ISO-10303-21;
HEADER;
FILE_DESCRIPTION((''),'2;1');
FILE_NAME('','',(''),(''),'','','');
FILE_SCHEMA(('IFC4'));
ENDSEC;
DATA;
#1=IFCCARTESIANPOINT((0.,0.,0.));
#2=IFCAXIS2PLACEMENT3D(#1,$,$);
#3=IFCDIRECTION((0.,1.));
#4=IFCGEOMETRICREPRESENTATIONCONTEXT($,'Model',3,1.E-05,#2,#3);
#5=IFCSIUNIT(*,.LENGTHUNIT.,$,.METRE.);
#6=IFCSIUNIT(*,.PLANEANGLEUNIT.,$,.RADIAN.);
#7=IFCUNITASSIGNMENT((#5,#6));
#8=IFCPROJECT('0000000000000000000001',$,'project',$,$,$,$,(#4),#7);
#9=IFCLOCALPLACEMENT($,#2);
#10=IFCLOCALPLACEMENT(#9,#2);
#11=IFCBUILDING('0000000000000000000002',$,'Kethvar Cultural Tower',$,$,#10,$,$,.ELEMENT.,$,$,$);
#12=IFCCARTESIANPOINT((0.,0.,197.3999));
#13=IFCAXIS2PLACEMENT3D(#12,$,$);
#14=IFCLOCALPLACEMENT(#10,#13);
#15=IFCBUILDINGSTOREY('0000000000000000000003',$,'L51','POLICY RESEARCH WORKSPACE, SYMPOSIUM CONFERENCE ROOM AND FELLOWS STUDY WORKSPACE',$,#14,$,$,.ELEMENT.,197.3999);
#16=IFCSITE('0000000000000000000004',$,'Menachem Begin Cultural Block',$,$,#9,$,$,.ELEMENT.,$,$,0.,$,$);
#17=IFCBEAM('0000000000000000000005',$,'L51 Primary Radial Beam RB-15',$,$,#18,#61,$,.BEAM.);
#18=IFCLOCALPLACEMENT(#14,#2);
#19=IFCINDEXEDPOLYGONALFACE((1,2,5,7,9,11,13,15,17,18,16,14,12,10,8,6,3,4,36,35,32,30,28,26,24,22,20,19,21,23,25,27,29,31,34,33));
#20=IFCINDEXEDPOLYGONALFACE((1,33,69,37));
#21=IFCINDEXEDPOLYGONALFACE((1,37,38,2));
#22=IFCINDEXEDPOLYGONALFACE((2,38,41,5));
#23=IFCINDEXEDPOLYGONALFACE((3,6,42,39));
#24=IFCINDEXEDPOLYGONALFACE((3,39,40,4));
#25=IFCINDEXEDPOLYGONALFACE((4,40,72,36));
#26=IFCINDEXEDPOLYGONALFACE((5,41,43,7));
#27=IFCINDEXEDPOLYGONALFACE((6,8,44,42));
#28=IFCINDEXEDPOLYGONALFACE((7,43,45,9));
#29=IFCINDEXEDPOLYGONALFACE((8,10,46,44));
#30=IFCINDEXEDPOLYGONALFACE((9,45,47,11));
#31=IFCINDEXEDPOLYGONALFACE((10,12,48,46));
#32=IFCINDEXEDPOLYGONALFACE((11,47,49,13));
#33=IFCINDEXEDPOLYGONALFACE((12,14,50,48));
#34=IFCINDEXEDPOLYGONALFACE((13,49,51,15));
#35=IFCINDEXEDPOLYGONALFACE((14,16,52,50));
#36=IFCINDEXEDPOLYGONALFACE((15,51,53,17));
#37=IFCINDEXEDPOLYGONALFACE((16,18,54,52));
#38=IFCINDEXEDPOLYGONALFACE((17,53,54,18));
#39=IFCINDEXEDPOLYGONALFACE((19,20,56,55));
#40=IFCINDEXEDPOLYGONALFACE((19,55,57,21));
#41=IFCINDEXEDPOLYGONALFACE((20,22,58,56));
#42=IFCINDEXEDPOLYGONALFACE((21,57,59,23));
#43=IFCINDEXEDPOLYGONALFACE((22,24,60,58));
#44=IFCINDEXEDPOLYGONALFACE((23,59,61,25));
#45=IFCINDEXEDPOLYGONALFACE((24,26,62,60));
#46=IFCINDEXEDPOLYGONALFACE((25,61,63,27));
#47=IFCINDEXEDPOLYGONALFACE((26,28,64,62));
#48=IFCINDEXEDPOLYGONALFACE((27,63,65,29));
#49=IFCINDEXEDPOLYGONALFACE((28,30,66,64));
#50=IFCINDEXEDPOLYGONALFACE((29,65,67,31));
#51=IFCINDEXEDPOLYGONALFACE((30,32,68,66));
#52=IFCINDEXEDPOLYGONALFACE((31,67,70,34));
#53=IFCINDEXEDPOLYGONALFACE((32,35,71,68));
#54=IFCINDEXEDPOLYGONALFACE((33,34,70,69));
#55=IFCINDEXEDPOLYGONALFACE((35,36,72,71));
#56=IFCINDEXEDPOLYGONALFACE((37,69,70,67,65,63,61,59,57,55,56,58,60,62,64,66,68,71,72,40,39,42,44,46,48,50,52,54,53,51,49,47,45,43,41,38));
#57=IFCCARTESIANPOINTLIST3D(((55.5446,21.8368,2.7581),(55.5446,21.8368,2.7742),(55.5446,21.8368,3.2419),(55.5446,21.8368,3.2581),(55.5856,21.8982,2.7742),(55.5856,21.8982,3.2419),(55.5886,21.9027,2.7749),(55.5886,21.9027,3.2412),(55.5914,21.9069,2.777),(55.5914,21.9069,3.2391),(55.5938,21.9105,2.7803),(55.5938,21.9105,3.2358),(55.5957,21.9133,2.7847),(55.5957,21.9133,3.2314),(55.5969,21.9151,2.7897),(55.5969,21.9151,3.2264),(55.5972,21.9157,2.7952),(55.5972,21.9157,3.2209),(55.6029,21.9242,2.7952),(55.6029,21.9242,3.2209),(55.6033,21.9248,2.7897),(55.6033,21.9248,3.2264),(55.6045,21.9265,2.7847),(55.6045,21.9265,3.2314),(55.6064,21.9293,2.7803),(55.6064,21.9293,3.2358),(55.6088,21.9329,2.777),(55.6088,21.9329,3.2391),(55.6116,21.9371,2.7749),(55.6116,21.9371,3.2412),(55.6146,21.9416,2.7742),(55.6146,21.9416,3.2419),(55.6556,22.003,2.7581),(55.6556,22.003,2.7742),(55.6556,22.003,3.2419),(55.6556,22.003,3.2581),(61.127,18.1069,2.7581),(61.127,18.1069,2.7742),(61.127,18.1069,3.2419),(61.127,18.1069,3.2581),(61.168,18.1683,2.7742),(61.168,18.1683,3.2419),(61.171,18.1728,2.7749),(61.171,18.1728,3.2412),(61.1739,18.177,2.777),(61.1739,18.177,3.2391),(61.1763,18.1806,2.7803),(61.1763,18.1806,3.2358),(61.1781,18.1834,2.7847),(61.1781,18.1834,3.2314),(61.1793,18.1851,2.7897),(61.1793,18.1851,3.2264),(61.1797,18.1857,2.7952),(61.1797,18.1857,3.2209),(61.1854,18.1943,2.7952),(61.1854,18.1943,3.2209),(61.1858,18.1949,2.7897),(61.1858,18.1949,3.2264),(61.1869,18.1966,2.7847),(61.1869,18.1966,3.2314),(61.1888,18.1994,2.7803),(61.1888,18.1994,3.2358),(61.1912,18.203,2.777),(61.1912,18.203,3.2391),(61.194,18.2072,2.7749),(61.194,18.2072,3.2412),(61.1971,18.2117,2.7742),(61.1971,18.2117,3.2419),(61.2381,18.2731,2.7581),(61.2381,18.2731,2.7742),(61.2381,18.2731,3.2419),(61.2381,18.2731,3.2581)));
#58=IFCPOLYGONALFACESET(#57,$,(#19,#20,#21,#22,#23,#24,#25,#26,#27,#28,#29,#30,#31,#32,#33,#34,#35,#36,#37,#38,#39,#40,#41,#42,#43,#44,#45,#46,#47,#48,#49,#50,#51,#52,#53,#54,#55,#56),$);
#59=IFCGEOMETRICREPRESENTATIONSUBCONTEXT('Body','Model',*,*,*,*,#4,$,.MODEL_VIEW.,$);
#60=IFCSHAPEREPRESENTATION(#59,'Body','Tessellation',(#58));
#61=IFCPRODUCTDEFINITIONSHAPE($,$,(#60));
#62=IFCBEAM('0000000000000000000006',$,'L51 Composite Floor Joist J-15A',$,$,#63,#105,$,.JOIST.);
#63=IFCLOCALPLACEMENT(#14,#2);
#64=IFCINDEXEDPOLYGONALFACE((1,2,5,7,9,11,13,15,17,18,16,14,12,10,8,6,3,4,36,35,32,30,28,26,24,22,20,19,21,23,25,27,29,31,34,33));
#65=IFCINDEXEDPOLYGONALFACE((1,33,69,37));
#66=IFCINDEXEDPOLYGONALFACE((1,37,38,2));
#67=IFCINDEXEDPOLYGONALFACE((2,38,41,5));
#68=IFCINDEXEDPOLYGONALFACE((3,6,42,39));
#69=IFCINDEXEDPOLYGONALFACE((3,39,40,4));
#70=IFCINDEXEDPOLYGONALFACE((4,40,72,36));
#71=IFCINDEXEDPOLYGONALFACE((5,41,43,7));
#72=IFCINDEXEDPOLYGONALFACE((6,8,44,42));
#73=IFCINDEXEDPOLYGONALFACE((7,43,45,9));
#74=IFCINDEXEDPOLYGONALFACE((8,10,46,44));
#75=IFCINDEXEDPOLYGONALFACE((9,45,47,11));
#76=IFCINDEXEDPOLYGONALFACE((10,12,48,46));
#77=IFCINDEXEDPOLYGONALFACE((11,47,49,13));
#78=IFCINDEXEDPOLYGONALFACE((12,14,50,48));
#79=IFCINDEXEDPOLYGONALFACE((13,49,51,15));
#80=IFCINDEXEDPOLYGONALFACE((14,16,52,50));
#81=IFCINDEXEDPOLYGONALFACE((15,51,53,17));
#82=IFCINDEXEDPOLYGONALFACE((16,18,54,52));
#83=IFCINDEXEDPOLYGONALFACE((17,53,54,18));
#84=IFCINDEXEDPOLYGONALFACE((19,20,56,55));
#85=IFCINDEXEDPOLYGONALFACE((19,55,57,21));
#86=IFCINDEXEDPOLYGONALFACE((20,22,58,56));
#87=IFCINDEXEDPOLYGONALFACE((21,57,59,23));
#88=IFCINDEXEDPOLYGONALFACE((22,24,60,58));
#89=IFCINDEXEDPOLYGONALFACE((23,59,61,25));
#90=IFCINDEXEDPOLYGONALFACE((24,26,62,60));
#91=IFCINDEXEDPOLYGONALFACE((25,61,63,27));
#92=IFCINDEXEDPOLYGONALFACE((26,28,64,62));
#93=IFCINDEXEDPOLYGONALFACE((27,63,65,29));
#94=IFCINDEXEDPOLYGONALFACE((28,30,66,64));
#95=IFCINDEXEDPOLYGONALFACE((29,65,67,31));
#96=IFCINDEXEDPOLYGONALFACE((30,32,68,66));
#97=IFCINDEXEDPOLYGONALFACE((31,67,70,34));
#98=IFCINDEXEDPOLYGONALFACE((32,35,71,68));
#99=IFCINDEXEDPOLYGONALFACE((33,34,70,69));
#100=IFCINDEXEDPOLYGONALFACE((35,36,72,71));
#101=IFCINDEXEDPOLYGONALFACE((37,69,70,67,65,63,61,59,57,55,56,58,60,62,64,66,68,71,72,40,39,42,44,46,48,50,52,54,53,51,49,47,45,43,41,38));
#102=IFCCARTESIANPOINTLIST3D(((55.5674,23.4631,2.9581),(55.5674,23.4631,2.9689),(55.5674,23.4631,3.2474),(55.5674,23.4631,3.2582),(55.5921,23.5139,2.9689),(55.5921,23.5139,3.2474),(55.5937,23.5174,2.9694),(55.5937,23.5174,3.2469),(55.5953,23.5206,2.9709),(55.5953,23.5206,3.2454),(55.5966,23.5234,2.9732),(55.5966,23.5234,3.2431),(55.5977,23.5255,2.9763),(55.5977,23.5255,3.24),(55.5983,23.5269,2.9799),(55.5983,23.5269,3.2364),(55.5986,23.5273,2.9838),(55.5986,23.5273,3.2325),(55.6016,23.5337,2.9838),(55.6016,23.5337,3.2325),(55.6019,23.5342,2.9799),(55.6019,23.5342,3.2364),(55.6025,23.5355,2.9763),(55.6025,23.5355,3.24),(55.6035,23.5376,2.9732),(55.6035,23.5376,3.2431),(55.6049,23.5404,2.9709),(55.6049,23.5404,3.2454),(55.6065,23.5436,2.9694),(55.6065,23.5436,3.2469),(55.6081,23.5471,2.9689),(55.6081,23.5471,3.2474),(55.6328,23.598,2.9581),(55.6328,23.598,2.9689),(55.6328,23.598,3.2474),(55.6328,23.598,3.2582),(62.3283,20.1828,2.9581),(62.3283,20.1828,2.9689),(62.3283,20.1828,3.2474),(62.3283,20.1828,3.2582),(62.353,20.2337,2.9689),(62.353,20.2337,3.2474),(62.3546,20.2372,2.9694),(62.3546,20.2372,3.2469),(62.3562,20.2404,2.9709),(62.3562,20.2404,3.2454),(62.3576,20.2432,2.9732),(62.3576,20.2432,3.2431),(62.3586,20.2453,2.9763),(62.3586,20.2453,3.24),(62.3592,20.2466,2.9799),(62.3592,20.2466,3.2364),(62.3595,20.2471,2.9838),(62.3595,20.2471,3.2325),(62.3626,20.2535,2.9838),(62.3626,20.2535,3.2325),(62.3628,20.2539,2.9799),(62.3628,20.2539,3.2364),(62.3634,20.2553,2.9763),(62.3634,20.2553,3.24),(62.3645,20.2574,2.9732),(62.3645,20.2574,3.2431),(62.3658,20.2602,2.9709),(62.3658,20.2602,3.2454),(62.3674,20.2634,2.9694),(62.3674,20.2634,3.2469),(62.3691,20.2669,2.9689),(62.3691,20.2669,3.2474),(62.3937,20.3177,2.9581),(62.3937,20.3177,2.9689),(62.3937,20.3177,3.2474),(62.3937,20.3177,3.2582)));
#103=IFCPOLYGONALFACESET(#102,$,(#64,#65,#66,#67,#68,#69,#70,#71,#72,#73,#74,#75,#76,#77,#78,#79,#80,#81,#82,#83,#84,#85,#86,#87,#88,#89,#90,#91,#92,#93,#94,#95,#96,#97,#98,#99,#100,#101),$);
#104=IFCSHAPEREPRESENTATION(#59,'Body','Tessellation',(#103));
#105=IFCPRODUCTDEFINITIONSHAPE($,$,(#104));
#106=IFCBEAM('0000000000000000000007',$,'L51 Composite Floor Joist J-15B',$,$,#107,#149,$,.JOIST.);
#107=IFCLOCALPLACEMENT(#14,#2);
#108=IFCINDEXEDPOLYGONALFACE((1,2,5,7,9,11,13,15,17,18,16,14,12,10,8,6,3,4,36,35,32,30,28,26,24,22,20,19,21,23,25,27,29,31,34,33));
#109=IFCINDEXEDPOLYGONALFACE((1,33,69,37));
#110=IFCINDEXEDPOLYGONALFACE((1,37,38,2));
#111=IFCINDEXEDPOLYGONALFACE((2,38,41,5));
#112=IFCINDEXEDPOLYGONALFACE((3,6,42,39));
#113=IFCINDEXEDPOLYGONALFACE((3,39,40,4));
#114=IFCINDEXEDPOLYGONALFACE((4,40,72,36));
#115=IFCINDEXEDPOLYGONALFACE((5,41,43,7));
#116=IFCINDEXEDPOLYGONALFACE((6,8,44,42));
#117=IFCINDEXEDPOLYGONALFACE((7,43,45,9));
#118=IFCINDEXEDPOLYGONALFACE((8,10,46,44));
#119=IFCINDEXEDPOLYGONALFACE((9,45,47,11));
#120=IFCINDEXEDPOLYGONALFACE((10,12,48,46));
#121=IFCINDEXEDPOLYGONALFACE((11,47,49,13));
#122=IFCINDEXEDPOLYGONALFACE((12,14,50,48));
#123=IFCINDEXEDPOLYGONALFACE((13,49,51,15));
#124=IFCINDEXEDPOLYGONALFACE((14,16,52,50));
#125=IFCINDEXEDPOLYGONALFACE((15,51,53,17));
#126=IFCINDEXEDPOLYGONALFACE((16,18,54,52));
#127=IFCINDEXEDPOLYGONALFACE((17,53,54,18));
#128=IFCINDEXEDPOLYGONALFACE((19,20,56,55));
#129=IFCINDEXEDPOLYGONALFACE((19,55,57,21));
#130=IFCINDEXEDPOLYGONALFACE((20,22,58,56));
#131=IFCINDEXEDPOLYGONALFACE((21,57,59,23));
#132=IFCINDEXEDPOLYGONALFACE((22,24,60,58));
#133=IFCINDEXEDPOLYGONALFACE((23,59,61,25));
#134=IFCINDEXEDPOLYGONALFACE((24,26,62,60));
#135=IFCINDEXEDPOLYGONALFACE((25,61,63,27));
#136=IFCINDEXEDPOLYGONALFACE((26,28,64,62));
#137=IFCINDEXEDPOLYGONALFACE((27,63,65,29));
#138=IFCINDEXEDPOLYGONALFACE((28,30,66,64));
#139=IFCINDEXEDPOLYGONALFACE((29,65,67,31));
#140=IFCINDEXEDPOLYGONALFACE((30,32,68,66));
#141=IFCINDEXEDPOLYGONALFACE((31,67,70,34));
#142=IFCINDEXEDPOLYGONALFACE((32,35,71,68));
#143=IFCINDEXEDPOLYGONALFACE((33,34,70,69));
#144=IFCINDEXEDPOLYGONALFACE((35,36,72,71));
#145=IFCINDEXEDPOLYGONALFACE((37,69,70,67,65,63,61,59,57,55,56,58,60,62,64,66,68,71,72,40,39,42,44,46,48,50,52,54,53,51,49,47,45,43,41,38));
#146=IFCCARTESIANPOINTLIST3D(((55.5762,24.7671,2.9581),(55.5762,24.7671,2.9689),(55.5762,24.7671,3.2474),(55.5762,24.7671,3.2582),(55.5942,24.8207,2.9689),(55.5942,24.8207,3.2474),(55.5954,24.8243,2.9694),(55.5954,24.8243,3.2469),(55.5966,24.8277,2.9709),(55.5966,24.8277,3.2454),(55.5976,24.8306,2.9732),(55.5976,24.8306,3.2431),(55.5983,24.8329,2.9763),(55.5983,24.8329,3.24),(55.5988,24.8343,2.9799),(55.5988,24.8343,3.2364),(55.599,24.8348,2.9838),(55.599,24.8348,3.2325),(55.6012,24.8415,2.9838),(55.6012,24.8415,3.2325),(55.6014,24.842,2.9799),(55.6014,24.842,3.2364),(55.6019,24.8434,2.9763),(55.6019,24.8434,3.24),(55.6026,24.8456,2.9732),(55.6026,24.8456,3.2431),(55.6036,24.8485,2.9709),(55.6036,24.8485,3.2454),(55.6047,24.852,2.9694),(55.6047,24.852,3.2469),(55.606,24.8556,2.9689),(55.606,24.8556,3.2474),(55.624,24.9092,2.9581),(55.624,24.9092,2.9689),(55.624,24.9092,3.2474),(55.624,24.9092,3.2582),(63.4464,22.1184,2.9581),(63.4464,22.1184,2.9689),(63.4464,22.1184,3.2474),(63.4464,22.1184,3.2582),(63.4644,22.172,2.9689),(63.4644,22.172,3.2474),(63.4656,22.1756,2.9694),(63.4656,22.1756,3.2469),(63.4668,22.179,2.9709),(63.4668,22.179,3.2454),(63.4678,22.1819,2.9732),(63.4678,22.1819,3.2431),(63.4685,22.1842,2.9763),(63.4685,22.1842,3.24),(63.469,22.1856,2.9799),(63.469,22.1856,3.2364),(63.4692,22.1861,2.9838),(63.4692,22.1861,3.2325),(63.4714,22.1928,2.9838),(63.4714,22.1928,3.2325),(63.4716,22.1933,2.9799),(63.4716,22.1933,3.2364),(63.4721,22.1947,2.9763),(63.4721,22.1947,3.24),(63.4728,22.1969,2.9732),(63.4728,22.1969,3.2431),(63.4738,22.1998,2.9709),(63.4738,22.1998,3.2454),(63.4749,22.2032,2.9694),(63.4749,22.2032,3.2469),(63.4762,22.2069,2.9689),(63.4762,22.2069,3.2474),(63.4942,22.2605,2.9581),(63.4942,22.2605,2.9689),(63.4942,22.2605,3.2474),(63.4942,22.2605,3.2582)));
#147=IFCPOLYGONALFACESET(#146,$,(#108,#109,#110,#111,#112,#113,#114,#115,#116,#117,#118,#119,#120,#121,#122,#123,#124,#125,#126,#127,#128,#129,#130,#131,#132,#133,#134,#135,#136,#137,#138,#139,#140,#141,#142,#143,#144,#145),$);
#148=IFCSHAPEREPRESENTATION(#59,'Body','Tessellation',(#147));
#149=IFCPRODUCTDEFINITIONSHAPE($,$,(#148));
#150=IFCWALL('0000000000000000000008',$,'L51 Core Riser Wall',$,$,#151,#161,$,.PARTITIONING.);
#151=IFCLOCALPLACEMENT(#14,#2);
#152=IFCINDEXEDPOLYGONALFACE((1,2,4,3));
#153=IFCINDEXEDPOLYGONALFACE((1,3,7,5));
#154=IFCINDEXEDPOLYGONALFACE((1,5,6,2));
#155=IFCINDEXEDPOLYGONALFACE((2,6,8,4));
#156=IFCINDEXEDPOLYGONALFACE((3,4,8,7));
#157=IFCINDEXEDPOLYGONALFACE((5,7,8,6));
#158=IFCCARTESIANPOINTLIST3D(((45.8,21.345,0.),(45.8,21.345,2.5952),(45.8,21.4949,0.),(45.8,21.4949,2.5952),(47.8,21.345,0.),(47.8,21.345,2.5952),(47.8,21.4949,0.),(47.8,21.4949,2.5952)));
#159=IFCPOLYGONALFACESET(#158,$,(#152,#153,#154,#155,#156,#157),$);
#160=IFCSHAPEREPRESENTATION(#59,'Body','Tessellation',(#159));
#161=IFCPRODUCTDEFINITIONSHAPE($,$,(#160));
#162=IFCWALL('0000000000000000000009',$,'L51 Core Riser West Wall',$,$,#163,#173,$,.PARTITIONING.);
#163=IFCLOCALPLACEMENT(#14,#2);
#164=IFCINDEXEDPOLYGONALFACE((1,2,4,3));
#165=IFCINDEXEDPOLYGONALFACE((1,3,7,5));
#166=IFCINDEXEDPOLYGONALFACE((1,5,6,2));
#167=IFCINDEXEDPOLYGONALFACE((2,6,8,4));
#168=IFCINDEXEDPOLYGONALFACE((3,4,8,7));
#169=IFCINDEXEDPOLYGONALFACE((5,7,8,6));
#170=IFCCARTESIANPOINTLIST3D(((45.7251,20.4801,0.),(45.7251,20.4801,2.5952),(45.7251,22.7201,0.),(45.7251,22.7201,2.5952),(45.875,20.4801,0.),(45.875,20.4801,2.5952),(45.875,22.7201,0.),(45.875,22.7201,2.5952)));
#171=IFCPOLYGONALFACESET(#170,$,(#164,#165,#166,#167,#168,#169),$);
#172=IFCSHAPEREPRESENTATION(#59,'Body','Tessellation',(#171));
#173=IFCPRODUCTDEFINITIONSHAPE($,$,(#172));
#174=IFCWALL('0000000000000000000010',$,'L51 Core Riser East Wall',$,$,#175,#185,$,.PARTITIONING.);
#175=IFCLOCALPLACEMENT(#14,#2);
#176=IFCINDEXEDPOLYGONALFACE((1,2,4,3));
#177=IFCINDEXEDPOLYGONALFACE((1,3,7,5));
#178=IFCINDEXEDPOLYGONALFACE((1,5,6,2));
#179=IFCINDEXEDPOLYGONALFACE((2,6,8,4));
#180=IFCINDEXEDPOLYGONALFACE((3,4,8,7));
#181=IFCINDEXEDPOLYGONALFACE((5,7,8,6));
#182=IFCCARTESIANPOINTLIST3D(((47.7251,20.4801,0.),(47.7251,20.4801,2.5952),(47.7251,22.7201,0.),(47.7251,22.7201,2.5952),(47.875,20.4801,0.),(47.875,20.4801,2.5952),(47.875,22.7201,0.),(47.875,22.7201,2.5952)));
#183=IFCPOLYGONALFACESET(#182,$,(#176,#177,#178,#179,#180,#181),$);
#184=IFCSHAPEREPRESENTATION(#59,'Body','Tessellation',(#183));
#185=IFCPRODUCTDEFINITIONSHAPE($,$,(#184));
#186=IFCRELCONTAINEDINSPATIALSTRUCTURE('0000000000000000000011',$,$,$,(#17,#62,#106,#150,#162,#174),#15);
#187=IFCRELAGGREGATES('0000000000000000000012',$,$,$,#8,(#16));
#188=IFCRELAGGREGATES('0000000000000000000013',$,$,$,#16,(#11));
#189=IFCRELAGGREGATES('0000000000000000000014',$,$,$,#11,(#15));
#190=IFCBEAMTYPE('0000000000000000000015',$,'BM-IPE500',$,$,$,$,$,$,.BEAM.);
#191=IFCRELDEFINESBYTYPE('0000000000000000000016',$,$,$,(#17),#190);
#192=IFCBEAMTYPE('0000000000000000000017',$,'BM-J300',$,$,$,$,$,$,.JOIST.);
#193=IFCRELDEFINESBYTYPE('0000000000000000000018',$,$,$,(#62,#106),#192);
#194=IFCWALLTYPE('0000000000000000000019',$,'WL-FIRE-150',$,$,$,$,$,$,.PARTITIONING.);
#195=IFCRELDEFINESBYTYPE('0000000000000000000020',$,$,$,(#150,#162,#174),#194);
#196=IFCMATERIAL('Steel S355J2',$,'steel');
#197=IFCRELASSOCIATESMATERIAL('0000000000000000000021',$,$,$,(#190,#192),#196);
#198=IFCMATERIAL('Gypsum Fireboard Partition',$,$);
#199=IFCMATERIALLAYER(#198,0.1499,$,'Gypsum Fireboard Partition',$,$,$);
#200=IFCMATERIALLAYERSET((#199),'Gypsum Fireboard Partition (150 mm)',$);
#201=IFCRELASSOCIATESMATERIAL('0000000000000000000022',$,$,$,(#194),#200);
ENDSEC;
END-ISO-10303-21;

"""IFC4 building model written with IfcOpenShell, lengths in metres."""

from ifc_helpers import new_model, si_unit, direction, frame, frame_2d, origin, origin_2d, place, context, subcontext, project, spatial, rectangle, i_section, extrude, source, transform, mapped, material, layer, layer_set, material_profile, profile_set, type_object, element, save


model = new_model("IFC4")

# Units and contexts
model_context = context("Model", 3, precision=1e-05, world=origin(), true_north=direction((0.0, 1.0)))
body_context = subcontext(model_context, "Body", "Model", "MODEL_VIEW")
ifc_project = project(units=[si_unit("LENGTHUNIT", "METRE"), si_unit("PLANEANGLEUNIT", "RADIAN")], contexts=[model_context])

# Site, building, storey
site_placement = place(None, origin())
site = spatial("IfcSite", under=ifc_project, at=site_placement, Name="Menachem Begin Cultural Block", CompositionType="ELEMENT", RefElevation=0.0)
building_placement = place(site_placement, origin())
building = spatial("IfcBuilding", under=site, at=building_placement, Name="Kethvar Cultural Tower", CompositionType="ELEMENT")
storey_placement = place(building_placement, frame((0.0, 0.0, 197.3999)))
storey = spatial("IfcBuildingStorey", under=building, at=storey_placement, Name="L51", Description="POLICY RESEARCH WORKSPACE, SYMPOSIUM CONFERENCE ROOM AND FELLOWS STUDY WORKSPACE", CompositionType="ELEMENT", Elevation=197.3999)

# Beams
ifc_material_1 = material(Name="Steel S355J2", Category="steel")
ifc_material_profile_1 = material_profile(ifc_material_1, i_section(OverallWidth=0.2, OverallDepth=0.5, WebThickness=0.0103, FlangeThickness=0.0161, FilletRadius=0.021, at=origin_2d()), Name="Steel S355J2 — IPE500")
ifc_profile_set_1 = profile_set([ifc_material_profile_1], Name="Steel S355J2 — IPE500")
beam_type_1 = type_object("IfcBeamType", Name="BM-IPE500", PredefinedType="BEAM", material=ifc_profile_set_1)
shared_shape_1 = source(origin(), body_context, "Body", "SweptSolid", [
    extrude(i_section(OverallWidth=0.2, OverallDepth=0.5, WebThickness=0.0103, FlangeThickness=0.0161, FilletRadius=0.021, at=origin_2d()), origin(), (0.0, 0.0, 1.0), 6.7139),
])
beam_1_placement = place(storey_placement, frame((55.6001, 21.9199, 3.0081), z_axis=(0.831479, -0.555556, 0.0), x_axis=(0.555556, 0.831479, 0.0)))
element("IfcBeam", 1, at=beam_1_placement, inside=storey, type_object=beam_type_1, Name="L51 Primary Radial Beam RB-15", PredefinedType="BEAM", context=body_context, shape_type="MappedRepresentation", body=[
    mapped(shared_shape_1, transform((0.0, 0.0, 0.0), scale=1.0)),
])
ifc_material_profile_2 = material_profile(ifc_material_1, i_section(OverallWidth=0.1499, OverallDepth=0.3, WebThickness=0.0071, FlangeThickness=0.0107, FilletRadius=0.0149, at=origin_2d()), Name="Steel S355J2 — IPE300")
ifc_profile_set_2 = profile_set([ifc_material_profile_2], Name="Steel S355J2 — IPE300")
beam_type_2 = type_object("IfcBeamType", Name="BM-J300", PredefinedType="JOIST", material=ifc_profile_set_2)
shared_shape_2 = source(origin(), body_context, "Body", "SweptSolid", [
    extrude(i_section(OverallWidth=0.1499, OverallDepth=0.3, WebThickness=0.0071, FlangeThickness=0.0107, FilletRadius=0.0149, at=origin_2d()), origin(), (0.0, 0.0, 1.0), 7.5146),
])
beam_2_placement = place(storey_placement, frame((55.6001, 23.5305, 3.1082), z_axis=(0.899698, -0.436513, 0.0), x_axis=(0.436513, 0.899698, 0.0)))
element("IfcBeam", 2, at=beam_2_placement, inside=storey, type_object=beam_type_2, Name="L51 Composite Floor Joist J-15A", PredefinedType="JOIST", context=body_context, shape_type="MappedRepresentation", body=[
    mapped(shared_shape_2, transform((0.0, 0.0, 0.0), scale=1.0)),
])
shared_shape_3 = source(origin(), body_context, "Body", "SweptSolid", [
    extrude(i_section(OverallWidth=0.1499, OverallDepth=0.3, WebThickness=0.0071, FlangeThickness=0.0107, FilletRadius=0.0149, at=origin_2d()), origin(), (0.0, 0.0, 1.0), 8.304),
])
beam_3_placement = place(storey_placement, frame((55.6001, 24.8381, 3.1082), z_axis=(0.947765, -0.31897, 0.0), x_axis=(0.31897, 0.947765, 0.0)))
element("IfcBeam", 3, at=beam_3_placement, inside=storey, type_object=beam_type_2, Name="L51 Composite Floor Joist J-15B", PredefinedType="JOIST", context=body_context, shape_type="MappedRepresentation", body=[
    mapped(shared_shape_3, transform((0.0, 0.0, 0.0), scale=1.0)),
])

# Walls
ifc_material_2 = material(Name="Gypsum Fireboard Partition")
ifc_layer_1 = layer(ifc_material_2, 0.1499, Name="Gypsum Fireboard Partition")
ifc_layer_set_1 = layer_set([ifc_layer_1], Name="Gypsum Fireboard Partition (150 mm)")
wall_type_1 = type_object("IfcWallType", Name="WL-FIRE-150", PredefinedType="PARTITIONING", material=ifc_layer_set_1)
wall_1_placement = place(storey_placement, frame((45.8, 21.4199, 0.0), z_axis=(0.0, 0.0, 1.0), x_axis=(1.0, 0.0, 0.0)))
element("IfcWall", 4, at=wall_1_placement, inside=storey, type_object=wall_type_1, Name="L51 Core Riser Wall", PredefinedType="PARTITIONING", context=body_context, shape_type="SweptSolid", body=[
    extrude(rectangle(XDim=2.0, YDim=0.1499, at=frame_2d((1.0, 0.0))), origin(), (0.0, 0.0, 1.0), 2.5952),
])
for number, where, z_axis, x_axis, name in (
    (5, (45.8, 20.48, 0.0), (0.0, 0.0, 1.0), (0.0, 1.0, 0.0), "L51 Core Riser West Wall"),
    (6, (47.8, 20.48, 0.0), (0.0, 0.0, 1.0), (0.0, 1.0, 0.0), "L51 Core Riser East Wall"),
):
    element("IfcWall", number, at=place(storey_placement, frame(where, z_axis=z_axis, x_axis=x_axis)), inside=storey, type_object=wall_type_1, Name=name, PredefinedType="PARTITIONING", context=body_context, shape_type="SweptSolid", body=[
        extrude(rectangle(XDim=2.24, YDim=0.1499, at=frame_2d((1.1201, 0.0))), origin(), (0.0, 0.0, 1.0), 2.5952),
    ])

save(model, "model.ifc")
